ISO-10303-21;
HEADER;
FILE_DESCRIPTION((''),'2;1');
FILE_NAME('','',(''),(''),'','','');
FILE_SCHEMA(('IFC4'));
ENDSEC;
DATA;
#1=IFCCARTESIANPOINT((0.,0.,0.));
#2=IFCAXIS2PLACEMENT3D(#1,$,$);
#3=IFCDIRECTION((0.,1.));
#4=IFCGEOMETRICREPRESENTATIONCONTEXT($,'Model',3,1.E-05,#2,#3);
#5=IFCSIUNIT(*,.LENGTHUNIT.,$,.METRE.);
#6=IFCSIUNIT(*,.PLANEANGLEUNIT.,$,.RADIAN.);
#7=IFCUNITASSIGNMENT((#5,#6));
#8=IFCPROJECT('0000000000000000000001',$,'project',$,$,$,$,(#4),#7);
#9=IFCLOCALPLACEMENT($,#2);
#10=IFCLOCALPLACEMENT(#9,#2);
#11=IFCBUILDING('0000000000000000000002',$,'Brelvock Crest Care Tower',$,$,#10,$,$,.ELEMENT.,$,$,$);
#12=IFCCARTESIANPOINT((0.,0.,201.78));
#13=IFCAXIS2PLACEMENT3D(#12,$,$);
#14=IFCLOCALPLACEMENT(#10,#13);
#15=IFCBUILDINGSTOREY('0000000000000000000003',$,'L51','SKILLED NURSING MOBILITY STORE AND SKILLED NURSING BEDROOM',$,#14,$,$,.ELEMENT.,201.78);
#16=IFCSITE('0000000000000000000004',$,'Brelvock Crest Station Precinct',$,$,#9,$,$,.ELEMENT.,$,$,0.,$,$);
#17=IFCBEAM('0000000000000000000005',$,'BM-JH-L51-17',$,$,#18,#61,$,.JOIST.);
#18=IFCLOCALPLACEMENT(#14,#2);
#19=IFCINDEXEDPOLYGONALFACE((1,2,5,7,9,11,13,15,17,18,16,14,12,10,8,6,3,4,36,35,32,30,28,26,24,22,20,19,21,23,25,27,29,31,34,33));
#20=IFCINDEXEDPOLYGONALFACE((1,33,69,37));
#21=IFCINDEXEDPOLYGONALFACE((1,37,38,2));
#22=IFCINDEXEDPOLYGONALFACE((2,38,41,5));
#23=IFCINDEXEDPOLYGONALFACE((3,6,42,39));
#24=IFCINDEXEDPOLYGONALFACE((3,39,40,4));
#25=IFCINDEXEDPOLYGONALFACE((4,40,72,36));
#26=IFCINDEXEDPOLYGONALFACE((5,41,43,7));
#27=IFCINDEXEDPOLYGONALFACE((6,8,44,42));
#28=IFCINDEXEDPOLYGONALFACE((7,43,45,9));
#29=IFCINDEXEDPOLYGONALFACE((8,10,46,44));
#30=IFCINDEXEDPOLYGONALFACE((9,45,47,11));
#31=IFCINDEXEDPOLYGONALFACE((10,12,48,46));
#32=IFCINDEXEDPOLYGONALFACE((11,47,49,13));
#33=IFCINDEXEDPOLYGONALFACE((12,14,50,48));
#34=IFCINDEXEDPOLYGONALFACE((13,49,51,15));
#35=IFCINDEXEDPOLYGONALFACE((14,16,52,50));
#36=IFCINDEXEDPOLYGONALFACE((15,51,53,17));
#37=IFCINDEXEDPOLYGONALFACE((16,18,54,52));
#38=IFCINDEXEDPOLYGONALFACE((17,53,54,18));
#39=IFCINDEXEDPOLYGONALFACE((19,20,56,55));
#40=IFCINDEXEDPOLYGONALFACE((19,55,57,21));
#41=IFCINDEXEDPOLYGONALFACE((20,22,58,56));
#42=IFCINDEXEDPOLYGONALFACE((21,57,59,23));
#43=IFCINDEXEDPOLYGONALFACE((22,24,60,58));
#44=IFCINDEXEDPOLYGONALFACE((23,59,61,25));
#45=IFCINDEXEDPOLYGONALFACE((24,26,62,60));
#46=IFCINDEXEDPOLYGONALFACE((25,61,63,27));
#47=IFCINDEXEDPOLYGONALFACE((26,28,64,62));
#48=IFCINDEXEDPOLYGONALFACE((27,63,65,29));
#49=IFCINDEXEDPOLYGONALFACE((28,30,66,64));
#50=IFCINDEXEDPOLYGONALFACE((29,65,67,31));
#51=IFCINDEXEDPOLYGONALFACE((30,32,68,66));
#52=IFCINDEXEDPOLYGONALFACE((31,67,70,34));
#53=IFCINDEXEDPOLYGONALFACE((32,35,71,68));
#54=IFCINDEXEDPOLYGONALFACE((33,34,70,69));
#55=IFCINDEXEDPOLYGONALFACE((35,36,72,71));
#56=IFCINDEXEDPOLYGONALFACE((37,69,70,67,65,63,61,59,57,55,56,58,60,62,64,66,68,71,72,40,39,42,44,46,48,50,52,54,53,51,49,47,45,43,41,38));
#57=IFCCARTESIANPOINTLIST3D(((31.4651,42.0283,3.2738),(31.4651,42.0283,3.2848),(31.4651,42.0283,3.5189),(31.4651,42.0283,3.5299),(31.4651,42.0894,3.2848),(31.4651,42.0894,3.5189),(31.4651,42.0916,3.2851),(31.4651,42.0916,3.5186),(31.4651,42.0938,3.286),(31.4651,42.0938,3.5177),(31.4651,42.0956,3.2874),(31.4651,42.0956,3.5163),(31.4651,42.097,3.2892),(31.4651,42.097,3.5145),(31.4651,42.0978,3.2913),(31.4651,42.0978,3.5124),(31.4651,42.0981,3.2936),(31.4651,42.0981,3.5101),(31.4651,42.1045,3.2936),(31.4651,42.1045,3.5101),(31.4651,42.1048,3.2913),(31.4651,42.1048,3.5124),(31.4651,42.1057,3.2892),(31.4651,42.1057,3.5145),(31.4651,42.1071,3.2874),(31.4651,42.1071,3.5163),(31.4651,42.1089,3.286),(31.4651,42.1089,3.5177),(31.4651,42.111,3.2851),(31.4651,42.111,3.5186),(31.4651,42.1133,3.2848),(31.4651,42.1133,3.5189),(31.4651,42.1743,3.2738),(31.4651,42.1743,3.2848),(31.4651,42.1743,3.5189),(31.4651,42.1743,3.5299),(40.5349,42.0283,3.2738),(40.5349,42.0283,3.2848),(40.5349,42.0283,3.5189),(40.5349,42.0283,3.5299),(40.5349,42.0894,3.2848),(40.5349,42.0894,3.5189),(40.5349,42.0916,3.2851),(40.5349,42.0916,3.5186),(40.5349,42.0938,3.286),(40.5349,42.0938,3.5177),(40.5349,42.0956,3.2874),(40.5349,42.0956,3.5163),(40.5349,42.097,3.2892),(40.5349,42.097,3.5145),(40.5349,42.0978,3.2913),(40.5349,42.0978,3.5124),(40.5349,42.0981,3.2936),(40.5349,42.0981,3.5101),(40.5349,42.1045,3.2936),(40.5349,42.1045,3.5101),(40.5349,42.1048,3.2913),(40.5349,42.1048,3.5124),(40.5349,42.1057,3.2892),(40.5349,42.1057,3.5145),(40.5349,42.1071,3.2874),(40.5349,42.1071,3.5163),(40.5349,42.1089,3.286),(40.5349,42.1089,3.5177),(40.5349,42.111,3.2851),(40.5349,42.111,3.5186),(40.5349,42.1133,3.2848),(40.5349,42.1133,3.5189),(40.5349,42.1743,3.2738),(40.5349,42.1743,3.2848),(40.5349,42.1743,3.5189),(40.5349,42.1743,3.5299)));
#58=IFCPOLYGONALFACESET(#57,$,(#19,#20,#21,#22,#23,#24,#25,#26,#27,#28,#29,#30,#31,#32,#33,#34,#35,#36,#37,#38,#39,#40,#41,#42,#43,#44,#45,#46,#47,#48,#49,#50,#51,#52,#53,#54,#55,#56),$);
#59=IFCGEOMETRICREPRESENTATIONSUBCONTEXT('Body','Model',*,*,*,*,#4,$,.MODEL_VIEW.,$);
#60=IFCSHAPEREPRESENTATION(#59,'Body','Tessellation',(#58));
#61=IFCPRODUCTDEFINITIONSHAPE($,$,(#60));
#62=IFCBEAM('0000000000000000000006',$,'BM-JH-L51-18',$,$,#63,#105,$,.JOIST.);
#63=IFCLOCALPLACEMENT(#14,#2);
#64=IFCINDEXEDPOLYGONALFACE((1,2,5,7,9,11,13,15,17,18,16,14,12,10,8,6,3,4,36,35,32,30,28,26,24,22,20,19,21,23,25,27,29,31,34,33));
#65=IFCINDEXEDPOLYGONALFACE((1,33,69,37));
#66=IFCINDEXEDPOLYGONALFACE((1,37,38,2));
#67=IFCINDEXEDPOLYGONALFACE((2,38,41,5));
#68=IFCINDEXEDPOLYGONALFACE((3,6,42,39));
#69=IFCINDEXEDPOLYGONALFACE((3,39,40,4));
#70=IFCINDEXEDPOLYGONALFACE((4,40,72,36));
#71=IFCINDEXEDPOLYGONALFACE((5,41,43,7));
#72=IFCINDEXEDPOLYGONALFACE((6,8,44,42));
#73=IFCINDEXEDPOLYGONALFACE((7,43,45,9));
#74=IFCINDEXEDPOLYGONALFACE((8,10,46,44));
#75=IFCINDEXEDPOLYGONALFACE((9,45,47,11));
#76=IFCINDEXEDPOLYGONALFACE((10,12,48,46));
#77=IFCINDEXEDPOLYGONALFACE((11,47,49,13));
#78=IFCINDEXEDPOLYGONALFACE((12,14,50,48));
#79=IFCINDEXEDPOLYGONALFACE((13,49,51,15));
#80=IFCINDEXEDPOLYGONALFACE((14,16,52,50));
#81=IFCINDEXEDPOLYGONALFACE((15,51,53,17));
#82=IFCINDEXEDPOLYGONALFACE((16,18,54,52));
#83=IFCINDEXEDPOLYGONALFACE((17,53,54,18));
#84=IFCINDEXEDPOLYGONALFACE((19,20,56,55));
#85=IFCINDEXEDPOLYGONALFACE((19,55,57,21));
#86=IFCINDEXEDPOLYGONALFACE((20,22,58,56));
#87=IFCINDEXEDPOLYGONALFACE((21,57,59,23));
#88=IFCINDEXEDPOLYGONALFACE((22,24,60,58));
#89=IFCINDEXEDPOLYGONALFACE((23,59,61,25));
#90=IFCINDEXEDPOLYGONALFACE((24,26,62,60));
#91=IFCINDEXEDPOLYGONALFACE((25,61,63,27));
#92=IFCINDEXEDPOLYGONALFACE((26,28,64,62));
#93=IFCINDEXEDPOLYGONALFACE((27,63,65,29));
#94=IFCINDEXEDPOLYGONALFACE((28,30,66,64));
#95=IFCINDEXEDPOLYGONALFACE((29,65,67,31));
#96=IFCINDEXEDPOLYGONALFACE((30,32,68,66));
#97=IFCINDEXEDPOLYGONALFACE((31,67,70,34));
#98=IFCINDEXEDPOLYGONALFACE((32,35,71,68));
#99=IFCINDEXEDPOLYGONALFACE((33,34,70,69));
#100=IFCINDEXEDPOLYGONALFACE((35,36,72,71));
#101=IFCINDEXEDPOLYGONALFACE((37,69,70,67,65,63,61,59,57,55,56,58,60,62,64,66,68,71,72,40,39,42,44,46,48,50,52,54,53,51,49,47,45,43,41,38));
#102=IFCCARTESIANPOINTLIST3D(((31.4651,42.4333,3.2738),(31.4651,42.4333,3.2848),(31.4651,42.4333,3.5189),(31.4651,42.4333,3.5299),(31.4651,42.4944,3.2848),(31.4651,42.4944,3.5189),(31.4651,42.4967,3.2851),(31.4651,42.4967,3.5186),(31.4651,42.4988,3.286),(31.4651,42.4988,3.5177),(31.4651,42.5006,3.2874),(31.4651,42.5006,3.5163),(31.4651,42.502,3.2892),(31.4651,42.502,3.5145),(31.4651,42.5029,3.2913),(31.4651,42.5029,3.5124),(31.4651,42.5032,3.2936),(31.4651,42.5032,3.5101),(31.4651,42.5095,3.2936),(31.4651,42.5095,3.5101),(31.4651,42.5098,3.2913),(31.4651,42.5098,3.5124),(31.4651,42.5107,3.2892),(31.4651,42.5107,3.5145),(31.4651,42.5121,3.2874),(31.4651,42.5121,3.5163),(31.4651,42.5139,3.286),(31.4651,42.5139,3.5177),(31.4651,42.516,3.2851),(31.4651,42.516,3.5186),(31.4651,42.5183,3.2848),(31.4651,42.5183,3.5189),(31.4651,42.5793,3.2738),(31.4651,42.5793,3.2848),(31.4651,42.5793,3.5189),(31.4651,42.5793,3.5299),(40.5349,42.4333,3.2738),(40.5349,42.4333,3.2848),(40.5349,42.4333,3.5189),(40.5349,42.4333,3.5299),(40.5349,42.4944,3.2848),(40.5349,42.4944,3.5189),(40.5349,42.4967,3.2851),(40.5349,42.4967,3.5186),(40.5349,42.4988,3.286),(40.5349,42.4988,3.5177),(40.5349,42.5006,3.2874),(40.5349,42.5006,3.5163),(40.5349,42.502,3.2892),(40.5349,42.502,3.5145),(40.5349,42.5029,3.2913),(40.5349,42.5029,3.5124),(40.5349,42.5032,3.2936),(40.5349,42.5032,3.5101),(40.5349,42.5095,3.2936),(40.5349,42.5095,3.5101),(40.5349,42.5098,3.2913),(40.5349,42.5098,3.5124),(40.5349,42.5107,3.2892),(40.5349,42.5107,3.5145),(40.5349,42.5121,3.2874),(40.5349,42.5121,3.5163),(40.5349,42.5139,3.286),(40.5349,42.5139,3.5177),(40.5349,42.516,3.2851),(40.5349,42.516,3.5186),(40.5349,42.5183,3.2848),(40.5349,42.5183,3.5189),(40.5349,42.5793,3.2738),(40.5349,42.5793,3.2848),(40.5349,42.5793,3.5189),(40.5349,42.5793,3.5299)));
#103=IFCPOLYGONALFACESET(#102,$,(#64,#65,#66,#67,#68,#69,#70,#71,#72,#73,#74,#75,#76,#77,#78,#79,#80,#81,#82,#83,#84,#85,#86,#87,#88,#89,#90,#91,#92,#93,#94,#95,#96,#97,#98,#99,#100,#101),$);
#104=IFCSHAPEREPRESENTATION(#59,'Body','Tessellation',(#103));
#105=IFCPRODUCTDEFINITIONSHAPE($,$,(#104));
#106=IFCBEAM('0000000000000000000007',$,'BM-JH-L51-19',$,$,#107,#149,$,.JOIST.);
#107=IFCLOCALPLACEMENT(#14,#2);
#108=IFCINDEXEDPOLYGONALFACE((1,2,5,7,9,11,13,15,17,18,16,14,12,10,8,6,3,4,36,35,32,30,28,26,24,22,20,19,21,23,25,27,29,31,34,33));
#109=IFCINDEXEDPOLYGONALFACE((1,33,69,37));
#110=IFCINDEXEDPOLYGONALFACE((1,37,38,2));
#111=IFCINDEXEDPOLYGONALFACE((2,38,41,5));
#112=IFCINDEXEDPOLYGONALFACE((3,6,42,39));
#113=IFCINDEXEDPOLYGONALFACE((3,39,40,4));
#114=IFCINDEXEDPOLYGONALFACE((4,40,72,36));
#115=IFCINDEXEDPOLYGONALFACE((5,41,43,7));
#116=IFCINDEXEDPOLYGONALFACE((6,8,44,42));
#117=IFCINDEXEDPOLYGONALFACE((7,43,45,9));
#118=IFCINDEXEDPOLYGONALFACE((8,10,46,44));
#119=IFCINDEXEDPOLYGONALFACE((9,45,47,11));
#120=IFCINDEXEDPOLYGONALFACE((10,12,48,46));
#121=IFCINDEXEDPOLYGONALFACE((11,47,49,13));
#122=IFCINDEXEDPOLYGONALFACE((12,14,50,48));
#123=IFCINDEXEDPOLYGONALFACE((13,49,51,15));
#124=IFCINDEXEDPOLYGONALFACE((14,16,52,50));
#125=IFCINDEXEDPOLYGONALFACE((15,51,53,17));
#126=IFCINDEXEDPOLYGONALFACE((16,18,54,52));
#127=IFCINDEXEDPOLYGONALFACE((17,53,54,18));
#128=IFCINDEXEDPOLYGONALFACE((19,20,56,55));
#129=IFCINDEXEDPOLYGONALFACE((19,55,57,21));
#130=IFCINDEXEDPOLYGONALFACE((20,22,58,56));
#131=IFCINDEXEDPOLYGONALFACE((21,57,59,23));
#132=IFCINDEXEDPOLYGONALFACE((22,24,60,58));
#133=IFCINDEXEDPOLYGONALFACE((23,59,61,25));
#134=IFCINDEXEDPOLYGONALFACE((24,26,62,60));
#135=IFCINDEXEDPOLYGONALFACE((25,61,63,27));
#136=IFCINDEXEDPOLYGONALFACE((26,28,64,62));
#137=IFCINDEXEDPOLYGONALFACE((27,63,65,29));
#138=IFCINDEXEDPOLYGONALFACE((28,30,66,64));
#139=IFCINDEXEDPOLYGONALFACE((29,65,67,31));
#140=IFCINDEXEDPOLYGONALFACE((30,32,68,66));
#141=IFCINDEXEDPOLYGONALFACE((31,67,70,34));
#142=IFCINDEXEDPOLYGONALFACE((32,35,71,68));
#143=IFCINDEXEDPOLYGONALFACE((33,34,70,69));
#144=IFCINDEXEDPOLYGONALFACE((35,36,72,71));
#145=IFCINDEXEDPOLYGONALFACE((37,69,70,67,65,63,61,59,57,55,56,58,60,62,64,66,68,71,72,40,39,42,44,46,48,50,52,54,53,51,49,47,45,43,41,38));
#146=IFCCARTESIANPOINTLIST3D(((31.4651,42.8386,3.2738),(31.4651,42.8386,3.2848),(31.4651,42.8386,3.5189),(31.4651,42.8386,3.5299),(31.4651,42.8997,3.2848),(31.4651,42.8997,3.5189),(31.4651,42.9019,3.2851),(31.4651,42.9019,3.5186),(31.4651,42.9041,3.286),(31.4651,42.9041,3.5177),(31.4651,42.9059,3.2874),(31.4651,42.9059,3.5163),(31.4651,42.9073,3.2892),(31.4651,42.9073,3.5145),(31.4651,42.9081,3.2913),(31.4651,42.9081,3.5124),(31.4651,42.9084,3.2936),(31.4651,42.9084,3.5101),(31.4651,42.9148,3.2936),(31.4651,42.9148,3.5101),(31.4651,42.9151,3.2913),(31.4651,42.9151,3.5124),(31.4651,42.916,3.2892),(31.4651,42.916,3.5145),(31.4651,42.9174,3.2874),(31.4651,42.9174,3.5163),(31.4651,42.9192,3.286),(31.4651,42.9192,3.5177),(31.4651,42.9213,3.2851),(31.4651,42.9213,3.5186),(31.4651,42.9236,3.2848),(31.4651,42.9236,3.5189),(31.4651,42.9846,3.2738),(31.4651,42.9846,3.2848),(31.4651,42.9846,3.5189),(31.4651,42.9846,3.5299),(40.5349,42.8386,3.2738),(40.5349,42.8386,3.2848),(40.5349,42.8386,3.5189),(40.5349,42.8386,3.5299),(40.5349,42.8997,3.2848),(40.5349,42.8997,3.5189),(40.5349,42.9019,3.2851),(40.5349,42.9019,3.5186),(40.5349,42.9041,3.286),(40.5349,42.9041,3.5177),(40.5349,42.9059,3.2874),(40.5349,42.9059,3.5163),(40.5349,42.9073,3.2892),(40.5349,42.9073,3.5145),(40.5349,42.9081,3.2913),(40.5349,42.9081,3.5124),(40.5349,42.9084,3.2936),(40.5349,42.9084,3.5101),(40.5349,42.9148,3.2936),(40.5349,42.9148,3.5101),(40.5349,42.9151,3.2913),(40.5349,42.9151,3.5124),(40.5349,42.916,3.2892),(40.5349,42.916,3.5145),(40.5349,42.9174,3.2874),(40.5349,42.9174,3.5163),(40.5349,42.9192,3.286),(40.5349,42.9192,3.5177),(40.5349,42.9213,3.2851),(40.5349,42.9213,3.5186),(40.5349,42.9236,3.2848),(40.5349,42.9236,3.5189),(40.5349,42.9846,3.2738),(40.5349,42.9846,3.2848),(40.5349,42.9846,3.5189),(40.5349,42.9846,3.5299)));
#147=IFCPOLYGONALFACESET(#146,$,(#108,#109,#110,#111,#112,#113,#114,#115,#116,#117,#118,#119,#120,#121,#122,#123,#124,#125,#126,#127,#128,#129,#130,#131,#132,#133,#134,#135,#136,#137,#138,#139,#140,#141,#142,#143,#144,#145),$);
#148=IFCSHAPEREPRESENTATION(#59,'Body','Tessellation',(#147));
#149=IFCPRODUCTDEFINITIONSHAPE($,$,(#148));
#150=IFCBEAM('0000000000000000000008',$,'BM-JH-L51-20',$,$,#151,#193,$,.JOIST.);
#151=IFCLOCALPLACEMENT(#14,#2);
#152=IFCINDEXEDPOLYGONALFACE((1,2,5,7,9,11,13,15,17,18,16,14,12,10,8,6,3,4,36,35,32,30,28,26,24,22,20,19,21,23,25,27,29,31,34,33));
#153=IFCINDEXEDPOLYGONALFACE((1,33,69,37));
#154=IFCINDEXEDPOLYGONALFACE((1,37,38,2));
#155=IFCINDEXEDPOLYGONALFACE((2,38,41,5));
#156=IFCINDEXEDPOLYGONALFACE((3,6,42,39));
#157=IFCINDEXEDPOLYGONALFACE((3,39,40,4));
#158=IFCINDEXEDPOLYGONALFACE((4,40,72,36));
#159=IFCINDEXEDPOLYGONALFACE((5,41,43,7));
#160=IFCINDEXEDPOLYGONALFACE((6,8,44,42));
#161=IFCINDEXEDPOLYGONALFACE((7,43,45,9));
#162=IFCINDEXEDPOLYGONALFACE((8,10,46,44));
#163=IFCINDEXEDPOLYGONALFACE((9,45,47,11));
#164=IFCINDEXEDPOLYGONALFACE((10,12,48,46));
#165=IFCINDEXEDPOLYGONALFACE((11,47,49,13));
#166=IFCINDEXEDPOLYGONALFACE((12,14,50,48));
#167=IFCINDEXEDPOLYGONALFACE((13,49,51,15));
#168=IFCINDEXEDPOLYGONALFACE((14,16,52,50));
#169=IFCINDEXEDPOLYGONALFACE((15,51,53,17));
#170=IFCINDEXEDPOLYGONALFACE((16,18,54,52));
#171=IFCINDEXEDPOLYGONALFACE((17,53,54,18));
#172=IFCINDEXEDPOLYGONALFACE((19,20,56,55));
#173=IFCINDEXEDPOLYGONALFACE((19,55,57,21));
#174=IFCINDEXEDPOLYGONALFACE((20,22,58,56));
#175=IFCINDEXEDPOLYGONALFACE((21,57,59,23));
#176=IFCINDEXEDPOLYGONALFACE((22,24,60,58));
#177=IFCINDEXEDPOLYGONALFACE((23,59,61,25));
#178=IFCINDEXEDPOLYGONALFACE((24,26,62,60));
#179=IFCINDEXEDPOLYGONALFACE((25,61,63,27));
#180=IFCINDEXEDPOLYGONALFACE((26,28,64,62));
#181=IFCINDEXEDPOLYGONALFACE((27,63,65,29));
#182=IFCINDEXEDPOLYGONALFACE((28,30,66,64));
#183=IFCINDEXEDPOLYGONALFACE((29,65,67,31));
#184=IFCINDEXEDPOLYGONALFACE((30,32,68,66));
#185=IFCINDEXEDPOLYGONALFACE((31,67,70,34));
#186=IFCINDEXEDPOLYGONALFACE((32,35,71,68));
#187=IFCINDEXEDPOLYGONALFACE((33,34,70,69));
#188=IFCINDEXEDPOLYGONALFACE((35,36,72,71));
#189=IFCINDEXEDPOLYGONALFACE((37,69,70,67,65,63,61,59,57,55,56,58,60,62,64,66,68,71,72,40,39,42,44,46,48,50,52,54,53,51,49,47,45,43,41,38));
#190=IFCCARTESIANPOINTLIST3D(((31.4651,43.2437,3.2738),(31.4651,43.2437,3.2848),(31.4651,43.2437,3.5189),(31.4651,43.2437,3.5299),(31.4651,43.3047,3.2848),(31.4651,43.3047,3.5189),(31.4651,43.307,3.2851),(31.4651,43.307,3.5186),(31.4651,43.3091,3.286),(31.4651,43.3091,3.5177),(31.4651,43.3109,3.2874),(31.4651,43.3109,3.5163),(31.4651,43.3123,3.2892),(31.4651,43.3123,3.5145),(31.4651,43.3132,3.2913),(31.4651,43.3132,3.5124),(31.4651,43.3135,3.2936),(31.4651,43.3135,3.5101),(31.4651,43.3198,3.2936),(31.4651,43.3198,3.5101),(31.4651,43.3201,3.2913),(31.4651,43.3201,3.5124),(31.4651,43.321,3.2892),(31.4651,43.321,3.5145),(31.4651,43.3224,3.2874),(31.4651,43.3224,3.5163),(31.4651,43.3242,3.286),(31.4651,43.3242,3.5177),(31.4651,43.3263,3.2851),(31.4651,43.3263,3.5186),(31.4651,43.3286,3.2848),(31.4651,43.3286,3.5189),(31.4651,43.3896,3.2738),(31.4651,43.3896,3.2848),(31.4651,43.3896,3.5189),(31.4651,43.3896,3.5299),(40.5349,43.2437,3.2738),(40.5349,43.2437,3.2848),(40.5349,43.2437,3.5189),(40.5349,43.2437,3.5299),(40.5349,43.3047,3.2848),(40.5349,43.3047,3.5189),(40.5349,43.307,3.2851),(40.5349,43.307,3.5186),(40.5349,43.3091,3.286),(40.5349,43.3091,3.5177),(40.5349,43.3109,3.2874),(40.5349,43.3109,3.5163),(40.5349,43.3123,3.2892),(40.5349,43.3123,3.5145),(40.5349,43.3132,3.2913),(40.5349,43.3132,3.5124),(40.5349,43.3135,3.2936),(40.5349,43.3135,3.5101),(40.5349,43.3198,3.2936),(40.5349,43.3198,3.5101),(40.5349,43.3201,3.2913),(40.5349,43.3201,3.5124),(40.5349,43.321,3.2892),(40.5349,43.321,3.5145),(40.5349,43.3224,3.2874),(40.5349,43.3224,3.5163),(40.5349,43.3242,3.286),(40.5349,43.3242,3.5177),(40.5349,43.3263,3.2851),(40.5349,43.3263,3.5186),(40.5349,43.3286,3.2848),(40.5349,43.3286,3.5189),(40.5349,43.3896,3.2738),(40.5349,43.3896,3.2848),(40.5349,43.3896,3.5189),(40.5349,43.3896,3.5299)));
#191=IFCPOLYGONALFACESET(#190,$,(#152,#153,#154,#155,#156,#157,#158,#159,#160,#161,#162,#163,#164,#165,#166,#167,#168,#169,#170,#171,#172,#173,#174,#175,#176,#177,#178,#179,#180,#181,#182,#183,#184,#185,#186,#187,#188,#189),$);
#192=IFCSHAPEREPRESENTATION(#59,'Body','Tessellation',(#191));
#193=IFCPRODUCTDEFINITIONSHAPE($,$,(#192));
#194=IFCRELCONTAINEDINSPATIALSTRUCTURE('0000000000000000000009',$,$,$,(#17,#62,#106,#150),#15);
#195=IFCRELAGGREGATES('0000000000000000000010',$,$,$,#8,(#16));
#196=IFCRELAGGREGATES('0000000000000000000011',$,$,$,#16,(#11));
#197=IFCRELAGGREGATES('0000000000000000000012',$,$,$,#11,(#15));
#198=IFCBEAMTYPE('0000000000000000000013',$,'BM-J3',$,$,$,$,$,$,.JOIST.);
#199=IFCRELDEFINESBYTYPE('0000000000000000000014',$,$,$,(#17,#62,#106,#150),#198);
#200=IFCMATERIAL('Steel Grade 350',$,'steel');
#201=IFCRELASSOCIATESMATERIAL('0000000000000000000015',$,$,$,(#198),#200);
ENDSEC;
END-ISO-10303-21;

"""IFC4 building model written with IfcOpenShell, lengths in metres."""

from ifc_helpers import new_model, si_unit, direction, frame, origin, origin_2d, place, context, subcontext, project, spatial, i_section, extrude, source, transform, mapped, material, material_profile, profile_set, type_object, element, save


model = new_model("IFC4")

# Units and contexts
model_context = context("Model", 3, precision=1e-05, world=origin(), true_north=direction((0.0, 1.0)))
body_context = subcontext(model_context, "Body", "Model", "MODEL_VIEW")
ifc_project = project(units=[si_unit("LENGTHUNIT", "METRE"), si_unit("PLANEANGLEUNIT", "RADIAN")], contexts=[model_context])

# Site, building, storey
site_placement = place(None, origin())
site = spatial("IfcSite", under=ifc_project, at=site_placement, Name="Brelvock Crest Station Precinct", CompositionType="ELEMENT", RefElevation=0.0)
building_placement = place(site_placement, origin())
building = spatial("IfcBuilding", under=site, at=building_placement, Name="Brelvock Crest Care Tower", CompositionType="ELEMENT")
storey_placement = place(building_placement, frame((0.0, 0.0, 201.78)))
storey = spatial("IfcBuildingStorey", under=building, at=storey_placement, Name="L51", Description="SKILLED NURSING MOBILITY STORE AND SKILLED NURSING BEDROOM", CompositionType="ELEMENT", Elevation=201.78)

# Beams
ifc_material_1 = material(Name="Steel Grade 350", Category="steel")
ifc_material_profile_1 = material_profile(ifc_material_1, i_section(OverallWidth=0.146, OverallDepth=0.2561, WebThickness=0.0063, FlangeThickness=0.011, FilletRadius=0.0088, at=origin_2d()), Name="250UB37.3")
ifc_profile_set_1 = profile_set([ifc_material_profile_1], Name="Steel Grade 350")
beam_type_1 = type_object("IfcBeamType", Name="BM-J3", PredefinedType="JOIST", material=ifc_profile_set_1)
shared_shape_1 = source(origin(), body_context, "Body", "SweptSolid", [
    extrude(i_section(OverallWidth=0.146, OverallDepth=0.2561, WebThickness=0.0063, FlangeThickness=0.011, FilletRadius=0.0088, at=origin_2d()), origin(), (0.0, 0.0, 1.0), 9.0698),
])
for number, where, z_axis, x_axis, name in (
    (1, (31.4651, 42.1013, 3.4019), (1.0, 0.0, 0.0), (0.0, 1.0, 0.0), "BM-JH-L51-17"),
    (2, (31.4651, 42.5063, 3.4019), (1.0, 0.0, 0.0), (0.0, 1.0, 0.0), "BM-JH-L51-18"),
    (3, (31.4651, 42.9116, 3.4019), (1.0, 0.0, 0.0), (0.0, 1.0, 0.0), "BM-JH-L51-19"),
    (4, (31.4651, 43.3167, 3.4019), (1.0, 0.0, 0.0), (0.0, 1.0, 0.0), "BM-JH-L51-20"),
):
    element("IfcBeam", number, at=place(storey_placement, frame(where, z_axis=z_axis, x_axis=x_axis)), inside=storey, type_object=beam_type_1, Name=name, PredefinedType="JOIST", context=body_context, shape_type="MappedRepresentation", body=[
        mapped(shared_shape_1, transform((0.0, 0.0, 0.0), x_axis=(1.0, 0.0, 0.0), y_axis=(0.0, 1.0, 0.0), z_axis=(0.0, 0.0, 1.0), scale=1.0)),
    ])

save(model, "model.ifc")
